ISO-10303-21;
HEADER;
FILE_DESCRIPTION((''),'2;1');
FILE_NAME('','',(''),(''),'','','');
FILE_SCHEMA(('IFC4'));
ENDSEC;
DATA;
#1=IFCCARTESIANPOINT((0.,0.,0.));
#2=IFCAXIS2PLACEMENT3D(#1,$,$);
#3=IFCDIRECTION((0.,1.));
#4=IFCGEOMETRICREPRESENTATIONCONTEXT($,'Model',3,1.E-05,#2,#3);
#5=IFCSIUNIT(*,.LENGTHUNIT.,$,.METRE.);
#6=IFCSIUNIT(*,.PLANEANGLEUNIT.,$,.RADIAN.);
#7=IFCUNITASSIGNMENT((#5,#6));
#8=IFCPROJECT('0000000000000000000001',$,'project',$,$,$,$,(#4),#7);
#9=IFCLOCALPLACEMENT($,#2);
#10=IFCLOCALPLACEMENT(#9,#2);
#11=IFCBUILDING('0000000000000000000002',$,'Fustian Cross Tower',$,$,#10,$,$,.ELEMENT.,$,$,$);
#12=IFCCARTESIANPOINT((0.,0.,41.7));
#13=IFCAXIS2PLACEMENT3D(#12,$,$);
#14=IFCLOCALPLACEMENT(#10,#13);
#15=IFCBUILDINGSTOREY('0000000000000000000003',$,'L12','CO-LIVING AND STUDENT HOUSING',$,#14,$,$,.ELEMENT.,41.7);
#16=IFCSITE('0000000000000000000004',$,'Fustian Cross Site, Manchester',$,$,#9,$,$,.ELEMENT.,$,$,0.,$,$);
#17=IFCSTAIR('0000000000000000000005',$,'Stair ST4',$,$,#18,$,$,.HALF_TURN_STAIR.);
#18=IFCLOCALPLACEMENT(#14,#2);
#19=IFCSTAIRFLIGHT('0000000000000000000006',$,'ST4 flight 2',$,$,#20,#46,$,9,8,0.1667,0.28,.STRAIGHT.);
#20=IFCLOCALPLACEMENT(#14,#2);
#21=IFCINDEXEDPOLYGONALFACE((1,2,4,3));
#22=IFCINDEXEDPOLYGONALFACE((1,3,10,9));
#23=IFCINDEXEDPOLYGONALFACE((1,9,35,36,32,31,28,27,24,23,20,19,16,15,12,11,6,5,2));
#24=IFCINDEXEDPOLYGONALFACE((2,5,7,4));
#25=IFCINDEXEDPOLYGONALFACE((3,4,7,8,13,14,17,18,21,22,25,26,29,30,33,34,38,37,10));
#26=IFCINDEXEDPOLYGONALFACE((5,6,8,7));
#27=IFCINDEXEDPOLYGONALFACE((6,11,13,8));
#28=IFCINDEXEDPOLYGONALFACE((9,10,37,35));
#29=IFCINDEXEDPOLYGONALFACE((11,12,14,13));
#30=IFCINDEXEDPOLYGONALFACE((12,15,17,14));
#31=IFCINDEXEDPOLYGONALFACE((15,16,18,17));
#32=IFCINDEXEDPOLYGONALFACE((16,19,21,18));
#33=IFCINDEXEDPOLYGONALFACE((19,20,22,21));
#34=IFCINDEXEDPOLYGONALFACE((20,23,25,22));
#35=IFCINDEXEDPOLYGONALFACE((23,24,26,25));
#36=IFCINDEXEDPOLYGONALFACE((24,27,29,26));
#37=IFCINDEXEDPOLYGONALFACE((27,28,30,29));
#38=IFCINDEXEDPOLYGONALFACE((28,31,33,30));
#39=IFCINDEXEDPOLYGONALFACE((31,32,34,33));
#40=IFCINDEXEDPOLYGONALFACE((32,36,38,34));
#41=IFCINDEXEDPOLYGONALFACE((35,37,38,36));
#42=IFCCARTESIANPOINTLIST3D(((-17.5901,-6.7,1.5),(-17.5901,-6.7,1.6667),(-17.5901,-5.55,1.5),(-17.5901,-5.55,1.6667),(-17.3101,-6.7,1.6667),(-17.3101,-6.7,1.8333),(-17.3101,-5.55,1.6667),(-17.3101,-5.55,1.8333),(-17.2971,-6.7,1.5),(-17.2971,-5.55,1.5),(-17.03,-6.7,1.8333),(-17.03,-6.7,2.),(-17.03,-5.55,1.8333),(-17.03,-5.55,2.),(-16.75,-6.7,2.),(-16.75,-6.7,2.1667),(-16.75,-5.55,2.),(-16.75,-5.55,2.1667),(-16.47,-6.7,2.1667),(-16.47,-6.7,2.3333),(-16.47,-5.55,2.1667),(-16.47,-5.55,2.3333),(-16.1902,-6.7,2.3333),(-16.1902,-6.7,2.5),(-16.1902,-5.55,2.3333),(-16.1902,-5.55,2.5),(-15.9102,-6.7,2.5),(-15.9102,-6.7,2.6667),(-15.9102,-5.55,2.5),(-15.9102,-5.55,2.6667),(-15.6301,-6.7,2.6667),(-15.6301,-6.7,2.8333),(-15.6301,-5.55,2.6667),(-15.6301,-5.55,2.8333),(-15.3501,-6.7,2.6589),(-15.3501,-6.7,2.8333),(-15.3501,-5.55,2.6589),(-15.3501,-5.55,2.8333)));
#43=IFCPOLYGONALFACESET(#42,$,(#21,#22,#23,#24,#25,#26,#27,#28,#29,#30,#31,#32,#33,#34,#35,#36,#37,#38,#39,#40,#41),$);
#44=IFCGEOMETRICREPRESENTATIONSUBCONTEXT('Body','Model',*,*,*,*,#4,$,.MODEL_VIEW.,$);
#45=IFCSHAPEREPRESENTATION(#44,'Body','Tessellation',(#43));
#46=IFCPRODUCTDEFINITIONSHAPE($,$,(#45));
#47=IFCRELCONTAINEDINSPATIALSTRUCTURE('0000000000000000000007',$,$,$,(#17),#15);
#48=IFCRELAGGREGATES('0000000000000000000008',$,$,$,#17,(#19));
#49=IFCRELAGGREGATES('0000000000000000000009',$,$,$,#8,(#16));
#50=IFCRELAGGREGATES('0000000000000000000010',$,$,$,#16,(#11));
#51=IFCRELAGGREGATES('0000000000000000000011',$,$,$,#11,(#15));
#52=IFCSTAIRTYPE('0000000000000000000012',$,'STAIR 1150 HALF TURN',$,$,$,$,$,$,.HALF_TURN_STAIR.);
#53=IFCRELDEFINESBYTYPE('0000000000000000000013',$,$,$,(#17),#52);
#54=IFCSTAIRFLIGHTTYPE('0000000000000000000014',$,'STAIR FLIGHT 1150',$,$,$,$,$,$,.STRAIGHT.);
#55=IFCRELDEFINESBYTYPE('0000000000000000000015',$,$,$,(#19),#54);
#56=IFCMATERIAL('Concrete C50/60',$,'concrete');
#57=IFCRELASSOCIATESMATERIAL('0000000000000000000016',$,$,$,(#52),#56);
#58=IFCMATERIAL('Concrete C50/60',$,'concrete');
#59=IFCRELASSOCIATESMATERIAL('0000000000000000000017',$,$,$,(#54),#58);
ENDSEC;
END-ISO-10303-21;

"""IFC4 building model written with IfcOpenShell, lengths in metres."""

from ifc_helpers import new_model, si_unit, direction, frame, origin, place, context, subcontext, project, spatial, polyline, outline, extrude, material, type_object, element, aggregate, save


model = new_model("IFC4")

# Units and contexts
model_context = context("Model", 3, precision=1e-05, world=origin(), true_north=direction((0.0, 1.0)))
body_context = subcontext(model_context, "Body", "Model", "MODEL_VIEW")
ifc_project = project(units=[si_unit("LENGTHUNIT", "METRE"), si_unit("PLANEANGLEUNIT", "RADIAN")], contexts=[model_context])

# Site, building, storey
site_placement = place(None, origin())
site = spatial("IfcSite", under=ifc_project, at=site_placement, Name="Fustian Cross Site, Manchester", CompositionType="ELEMENT", RefElevation=0.0)
building_placement = place(site_placement, origin())
building = spatial("IfcBuilding", under=site, at=building_placement, Name="Fustian Cross Tower", CompositionType="ELEMENT")
storey_placement = place(building_placement, frame((0.0, 0.0, 41.7)))
storey = spatial("IfcBuildingStorey", under=building, at=storey_placement, Name="L12", Description="CO-LIVING AND STUDENT HOUSING", CompositionType="ELEMENT", Elevation=41.7)

# Stair, stair flight
ifc_material_1 = material(Name="Concrete C50/60", Category="concrete")
stair_type = type_object("IfcStairType", Name="STAIR 1150 HALF TURN", PredefinedType="HALF_TURN_STAIR", material=ifc_material_1)
stair_placement = place(storey_placement, origin())
stair = element("IfcStair", 1, at=stair_placement, inside=storey, type_object=stair_type, Name="Stair ST4", PredefinedType="HALF_TURN_STAIR")
ifc_material_2 = material(Name="Concrete C50/60", Category="concrete")
stair_flight_type = type_object("IfcStairFlightType", Name="STAIR FLIGHT 1150", PredefinedType="STRAIGHT", material=ifc_material_2)
stair_flight_1_placement = place(storey_placement, frame((-17.5901, -6.125, 1.5), z_axis=(0.0, 0.0, 1.0), x_axis=(1.0, 0.0, 0.0)))
stair_flight_1 = element("IfcStairFlight", 2, at=stair_flight_1_placement, type_object=stair_flight_type, Name="ST4 flight 2", NumberOfRisers=9, NumberOfTreads=8, PredefinedType="STRAIGHT", RiserHeight=0.1667, TreadLength=0.28, context=body_context, shape_type="SweptSolid", body=[
    extrude(outline(polyline([(0.0, 0.0), (0.0, 0.1667), (0.28, 0.1667), (0.28, 0.3333), (0.5601, 0.3333), (0.5601, 0.5), (0.8401, 0.5), (0.8401, 0.6667), (1.1201, 0.6667), (1.1201, 0.8333), (1.3999, 0.8333), (1.3999, 1.0), (1.6799, 1.0), (1.6799, 1.1667), (1.96, 1.1667), (1.96, 1.3333), (2.24, 1.3333), (2.24, 1.5), (2.24, 1.1589), (0.293, 0.0), (0.0, 0.0)])), frame((0.0, 0.575, 0.0), z_axis=(0.0, -1.0, 0.0), x_axis=(1.0, 0.0, 0.0)), (0.0, 0.0, 1.0), 1.1499),
])
aggregate(stair, [stair_flight_1])

save(model, "model.ifc")
